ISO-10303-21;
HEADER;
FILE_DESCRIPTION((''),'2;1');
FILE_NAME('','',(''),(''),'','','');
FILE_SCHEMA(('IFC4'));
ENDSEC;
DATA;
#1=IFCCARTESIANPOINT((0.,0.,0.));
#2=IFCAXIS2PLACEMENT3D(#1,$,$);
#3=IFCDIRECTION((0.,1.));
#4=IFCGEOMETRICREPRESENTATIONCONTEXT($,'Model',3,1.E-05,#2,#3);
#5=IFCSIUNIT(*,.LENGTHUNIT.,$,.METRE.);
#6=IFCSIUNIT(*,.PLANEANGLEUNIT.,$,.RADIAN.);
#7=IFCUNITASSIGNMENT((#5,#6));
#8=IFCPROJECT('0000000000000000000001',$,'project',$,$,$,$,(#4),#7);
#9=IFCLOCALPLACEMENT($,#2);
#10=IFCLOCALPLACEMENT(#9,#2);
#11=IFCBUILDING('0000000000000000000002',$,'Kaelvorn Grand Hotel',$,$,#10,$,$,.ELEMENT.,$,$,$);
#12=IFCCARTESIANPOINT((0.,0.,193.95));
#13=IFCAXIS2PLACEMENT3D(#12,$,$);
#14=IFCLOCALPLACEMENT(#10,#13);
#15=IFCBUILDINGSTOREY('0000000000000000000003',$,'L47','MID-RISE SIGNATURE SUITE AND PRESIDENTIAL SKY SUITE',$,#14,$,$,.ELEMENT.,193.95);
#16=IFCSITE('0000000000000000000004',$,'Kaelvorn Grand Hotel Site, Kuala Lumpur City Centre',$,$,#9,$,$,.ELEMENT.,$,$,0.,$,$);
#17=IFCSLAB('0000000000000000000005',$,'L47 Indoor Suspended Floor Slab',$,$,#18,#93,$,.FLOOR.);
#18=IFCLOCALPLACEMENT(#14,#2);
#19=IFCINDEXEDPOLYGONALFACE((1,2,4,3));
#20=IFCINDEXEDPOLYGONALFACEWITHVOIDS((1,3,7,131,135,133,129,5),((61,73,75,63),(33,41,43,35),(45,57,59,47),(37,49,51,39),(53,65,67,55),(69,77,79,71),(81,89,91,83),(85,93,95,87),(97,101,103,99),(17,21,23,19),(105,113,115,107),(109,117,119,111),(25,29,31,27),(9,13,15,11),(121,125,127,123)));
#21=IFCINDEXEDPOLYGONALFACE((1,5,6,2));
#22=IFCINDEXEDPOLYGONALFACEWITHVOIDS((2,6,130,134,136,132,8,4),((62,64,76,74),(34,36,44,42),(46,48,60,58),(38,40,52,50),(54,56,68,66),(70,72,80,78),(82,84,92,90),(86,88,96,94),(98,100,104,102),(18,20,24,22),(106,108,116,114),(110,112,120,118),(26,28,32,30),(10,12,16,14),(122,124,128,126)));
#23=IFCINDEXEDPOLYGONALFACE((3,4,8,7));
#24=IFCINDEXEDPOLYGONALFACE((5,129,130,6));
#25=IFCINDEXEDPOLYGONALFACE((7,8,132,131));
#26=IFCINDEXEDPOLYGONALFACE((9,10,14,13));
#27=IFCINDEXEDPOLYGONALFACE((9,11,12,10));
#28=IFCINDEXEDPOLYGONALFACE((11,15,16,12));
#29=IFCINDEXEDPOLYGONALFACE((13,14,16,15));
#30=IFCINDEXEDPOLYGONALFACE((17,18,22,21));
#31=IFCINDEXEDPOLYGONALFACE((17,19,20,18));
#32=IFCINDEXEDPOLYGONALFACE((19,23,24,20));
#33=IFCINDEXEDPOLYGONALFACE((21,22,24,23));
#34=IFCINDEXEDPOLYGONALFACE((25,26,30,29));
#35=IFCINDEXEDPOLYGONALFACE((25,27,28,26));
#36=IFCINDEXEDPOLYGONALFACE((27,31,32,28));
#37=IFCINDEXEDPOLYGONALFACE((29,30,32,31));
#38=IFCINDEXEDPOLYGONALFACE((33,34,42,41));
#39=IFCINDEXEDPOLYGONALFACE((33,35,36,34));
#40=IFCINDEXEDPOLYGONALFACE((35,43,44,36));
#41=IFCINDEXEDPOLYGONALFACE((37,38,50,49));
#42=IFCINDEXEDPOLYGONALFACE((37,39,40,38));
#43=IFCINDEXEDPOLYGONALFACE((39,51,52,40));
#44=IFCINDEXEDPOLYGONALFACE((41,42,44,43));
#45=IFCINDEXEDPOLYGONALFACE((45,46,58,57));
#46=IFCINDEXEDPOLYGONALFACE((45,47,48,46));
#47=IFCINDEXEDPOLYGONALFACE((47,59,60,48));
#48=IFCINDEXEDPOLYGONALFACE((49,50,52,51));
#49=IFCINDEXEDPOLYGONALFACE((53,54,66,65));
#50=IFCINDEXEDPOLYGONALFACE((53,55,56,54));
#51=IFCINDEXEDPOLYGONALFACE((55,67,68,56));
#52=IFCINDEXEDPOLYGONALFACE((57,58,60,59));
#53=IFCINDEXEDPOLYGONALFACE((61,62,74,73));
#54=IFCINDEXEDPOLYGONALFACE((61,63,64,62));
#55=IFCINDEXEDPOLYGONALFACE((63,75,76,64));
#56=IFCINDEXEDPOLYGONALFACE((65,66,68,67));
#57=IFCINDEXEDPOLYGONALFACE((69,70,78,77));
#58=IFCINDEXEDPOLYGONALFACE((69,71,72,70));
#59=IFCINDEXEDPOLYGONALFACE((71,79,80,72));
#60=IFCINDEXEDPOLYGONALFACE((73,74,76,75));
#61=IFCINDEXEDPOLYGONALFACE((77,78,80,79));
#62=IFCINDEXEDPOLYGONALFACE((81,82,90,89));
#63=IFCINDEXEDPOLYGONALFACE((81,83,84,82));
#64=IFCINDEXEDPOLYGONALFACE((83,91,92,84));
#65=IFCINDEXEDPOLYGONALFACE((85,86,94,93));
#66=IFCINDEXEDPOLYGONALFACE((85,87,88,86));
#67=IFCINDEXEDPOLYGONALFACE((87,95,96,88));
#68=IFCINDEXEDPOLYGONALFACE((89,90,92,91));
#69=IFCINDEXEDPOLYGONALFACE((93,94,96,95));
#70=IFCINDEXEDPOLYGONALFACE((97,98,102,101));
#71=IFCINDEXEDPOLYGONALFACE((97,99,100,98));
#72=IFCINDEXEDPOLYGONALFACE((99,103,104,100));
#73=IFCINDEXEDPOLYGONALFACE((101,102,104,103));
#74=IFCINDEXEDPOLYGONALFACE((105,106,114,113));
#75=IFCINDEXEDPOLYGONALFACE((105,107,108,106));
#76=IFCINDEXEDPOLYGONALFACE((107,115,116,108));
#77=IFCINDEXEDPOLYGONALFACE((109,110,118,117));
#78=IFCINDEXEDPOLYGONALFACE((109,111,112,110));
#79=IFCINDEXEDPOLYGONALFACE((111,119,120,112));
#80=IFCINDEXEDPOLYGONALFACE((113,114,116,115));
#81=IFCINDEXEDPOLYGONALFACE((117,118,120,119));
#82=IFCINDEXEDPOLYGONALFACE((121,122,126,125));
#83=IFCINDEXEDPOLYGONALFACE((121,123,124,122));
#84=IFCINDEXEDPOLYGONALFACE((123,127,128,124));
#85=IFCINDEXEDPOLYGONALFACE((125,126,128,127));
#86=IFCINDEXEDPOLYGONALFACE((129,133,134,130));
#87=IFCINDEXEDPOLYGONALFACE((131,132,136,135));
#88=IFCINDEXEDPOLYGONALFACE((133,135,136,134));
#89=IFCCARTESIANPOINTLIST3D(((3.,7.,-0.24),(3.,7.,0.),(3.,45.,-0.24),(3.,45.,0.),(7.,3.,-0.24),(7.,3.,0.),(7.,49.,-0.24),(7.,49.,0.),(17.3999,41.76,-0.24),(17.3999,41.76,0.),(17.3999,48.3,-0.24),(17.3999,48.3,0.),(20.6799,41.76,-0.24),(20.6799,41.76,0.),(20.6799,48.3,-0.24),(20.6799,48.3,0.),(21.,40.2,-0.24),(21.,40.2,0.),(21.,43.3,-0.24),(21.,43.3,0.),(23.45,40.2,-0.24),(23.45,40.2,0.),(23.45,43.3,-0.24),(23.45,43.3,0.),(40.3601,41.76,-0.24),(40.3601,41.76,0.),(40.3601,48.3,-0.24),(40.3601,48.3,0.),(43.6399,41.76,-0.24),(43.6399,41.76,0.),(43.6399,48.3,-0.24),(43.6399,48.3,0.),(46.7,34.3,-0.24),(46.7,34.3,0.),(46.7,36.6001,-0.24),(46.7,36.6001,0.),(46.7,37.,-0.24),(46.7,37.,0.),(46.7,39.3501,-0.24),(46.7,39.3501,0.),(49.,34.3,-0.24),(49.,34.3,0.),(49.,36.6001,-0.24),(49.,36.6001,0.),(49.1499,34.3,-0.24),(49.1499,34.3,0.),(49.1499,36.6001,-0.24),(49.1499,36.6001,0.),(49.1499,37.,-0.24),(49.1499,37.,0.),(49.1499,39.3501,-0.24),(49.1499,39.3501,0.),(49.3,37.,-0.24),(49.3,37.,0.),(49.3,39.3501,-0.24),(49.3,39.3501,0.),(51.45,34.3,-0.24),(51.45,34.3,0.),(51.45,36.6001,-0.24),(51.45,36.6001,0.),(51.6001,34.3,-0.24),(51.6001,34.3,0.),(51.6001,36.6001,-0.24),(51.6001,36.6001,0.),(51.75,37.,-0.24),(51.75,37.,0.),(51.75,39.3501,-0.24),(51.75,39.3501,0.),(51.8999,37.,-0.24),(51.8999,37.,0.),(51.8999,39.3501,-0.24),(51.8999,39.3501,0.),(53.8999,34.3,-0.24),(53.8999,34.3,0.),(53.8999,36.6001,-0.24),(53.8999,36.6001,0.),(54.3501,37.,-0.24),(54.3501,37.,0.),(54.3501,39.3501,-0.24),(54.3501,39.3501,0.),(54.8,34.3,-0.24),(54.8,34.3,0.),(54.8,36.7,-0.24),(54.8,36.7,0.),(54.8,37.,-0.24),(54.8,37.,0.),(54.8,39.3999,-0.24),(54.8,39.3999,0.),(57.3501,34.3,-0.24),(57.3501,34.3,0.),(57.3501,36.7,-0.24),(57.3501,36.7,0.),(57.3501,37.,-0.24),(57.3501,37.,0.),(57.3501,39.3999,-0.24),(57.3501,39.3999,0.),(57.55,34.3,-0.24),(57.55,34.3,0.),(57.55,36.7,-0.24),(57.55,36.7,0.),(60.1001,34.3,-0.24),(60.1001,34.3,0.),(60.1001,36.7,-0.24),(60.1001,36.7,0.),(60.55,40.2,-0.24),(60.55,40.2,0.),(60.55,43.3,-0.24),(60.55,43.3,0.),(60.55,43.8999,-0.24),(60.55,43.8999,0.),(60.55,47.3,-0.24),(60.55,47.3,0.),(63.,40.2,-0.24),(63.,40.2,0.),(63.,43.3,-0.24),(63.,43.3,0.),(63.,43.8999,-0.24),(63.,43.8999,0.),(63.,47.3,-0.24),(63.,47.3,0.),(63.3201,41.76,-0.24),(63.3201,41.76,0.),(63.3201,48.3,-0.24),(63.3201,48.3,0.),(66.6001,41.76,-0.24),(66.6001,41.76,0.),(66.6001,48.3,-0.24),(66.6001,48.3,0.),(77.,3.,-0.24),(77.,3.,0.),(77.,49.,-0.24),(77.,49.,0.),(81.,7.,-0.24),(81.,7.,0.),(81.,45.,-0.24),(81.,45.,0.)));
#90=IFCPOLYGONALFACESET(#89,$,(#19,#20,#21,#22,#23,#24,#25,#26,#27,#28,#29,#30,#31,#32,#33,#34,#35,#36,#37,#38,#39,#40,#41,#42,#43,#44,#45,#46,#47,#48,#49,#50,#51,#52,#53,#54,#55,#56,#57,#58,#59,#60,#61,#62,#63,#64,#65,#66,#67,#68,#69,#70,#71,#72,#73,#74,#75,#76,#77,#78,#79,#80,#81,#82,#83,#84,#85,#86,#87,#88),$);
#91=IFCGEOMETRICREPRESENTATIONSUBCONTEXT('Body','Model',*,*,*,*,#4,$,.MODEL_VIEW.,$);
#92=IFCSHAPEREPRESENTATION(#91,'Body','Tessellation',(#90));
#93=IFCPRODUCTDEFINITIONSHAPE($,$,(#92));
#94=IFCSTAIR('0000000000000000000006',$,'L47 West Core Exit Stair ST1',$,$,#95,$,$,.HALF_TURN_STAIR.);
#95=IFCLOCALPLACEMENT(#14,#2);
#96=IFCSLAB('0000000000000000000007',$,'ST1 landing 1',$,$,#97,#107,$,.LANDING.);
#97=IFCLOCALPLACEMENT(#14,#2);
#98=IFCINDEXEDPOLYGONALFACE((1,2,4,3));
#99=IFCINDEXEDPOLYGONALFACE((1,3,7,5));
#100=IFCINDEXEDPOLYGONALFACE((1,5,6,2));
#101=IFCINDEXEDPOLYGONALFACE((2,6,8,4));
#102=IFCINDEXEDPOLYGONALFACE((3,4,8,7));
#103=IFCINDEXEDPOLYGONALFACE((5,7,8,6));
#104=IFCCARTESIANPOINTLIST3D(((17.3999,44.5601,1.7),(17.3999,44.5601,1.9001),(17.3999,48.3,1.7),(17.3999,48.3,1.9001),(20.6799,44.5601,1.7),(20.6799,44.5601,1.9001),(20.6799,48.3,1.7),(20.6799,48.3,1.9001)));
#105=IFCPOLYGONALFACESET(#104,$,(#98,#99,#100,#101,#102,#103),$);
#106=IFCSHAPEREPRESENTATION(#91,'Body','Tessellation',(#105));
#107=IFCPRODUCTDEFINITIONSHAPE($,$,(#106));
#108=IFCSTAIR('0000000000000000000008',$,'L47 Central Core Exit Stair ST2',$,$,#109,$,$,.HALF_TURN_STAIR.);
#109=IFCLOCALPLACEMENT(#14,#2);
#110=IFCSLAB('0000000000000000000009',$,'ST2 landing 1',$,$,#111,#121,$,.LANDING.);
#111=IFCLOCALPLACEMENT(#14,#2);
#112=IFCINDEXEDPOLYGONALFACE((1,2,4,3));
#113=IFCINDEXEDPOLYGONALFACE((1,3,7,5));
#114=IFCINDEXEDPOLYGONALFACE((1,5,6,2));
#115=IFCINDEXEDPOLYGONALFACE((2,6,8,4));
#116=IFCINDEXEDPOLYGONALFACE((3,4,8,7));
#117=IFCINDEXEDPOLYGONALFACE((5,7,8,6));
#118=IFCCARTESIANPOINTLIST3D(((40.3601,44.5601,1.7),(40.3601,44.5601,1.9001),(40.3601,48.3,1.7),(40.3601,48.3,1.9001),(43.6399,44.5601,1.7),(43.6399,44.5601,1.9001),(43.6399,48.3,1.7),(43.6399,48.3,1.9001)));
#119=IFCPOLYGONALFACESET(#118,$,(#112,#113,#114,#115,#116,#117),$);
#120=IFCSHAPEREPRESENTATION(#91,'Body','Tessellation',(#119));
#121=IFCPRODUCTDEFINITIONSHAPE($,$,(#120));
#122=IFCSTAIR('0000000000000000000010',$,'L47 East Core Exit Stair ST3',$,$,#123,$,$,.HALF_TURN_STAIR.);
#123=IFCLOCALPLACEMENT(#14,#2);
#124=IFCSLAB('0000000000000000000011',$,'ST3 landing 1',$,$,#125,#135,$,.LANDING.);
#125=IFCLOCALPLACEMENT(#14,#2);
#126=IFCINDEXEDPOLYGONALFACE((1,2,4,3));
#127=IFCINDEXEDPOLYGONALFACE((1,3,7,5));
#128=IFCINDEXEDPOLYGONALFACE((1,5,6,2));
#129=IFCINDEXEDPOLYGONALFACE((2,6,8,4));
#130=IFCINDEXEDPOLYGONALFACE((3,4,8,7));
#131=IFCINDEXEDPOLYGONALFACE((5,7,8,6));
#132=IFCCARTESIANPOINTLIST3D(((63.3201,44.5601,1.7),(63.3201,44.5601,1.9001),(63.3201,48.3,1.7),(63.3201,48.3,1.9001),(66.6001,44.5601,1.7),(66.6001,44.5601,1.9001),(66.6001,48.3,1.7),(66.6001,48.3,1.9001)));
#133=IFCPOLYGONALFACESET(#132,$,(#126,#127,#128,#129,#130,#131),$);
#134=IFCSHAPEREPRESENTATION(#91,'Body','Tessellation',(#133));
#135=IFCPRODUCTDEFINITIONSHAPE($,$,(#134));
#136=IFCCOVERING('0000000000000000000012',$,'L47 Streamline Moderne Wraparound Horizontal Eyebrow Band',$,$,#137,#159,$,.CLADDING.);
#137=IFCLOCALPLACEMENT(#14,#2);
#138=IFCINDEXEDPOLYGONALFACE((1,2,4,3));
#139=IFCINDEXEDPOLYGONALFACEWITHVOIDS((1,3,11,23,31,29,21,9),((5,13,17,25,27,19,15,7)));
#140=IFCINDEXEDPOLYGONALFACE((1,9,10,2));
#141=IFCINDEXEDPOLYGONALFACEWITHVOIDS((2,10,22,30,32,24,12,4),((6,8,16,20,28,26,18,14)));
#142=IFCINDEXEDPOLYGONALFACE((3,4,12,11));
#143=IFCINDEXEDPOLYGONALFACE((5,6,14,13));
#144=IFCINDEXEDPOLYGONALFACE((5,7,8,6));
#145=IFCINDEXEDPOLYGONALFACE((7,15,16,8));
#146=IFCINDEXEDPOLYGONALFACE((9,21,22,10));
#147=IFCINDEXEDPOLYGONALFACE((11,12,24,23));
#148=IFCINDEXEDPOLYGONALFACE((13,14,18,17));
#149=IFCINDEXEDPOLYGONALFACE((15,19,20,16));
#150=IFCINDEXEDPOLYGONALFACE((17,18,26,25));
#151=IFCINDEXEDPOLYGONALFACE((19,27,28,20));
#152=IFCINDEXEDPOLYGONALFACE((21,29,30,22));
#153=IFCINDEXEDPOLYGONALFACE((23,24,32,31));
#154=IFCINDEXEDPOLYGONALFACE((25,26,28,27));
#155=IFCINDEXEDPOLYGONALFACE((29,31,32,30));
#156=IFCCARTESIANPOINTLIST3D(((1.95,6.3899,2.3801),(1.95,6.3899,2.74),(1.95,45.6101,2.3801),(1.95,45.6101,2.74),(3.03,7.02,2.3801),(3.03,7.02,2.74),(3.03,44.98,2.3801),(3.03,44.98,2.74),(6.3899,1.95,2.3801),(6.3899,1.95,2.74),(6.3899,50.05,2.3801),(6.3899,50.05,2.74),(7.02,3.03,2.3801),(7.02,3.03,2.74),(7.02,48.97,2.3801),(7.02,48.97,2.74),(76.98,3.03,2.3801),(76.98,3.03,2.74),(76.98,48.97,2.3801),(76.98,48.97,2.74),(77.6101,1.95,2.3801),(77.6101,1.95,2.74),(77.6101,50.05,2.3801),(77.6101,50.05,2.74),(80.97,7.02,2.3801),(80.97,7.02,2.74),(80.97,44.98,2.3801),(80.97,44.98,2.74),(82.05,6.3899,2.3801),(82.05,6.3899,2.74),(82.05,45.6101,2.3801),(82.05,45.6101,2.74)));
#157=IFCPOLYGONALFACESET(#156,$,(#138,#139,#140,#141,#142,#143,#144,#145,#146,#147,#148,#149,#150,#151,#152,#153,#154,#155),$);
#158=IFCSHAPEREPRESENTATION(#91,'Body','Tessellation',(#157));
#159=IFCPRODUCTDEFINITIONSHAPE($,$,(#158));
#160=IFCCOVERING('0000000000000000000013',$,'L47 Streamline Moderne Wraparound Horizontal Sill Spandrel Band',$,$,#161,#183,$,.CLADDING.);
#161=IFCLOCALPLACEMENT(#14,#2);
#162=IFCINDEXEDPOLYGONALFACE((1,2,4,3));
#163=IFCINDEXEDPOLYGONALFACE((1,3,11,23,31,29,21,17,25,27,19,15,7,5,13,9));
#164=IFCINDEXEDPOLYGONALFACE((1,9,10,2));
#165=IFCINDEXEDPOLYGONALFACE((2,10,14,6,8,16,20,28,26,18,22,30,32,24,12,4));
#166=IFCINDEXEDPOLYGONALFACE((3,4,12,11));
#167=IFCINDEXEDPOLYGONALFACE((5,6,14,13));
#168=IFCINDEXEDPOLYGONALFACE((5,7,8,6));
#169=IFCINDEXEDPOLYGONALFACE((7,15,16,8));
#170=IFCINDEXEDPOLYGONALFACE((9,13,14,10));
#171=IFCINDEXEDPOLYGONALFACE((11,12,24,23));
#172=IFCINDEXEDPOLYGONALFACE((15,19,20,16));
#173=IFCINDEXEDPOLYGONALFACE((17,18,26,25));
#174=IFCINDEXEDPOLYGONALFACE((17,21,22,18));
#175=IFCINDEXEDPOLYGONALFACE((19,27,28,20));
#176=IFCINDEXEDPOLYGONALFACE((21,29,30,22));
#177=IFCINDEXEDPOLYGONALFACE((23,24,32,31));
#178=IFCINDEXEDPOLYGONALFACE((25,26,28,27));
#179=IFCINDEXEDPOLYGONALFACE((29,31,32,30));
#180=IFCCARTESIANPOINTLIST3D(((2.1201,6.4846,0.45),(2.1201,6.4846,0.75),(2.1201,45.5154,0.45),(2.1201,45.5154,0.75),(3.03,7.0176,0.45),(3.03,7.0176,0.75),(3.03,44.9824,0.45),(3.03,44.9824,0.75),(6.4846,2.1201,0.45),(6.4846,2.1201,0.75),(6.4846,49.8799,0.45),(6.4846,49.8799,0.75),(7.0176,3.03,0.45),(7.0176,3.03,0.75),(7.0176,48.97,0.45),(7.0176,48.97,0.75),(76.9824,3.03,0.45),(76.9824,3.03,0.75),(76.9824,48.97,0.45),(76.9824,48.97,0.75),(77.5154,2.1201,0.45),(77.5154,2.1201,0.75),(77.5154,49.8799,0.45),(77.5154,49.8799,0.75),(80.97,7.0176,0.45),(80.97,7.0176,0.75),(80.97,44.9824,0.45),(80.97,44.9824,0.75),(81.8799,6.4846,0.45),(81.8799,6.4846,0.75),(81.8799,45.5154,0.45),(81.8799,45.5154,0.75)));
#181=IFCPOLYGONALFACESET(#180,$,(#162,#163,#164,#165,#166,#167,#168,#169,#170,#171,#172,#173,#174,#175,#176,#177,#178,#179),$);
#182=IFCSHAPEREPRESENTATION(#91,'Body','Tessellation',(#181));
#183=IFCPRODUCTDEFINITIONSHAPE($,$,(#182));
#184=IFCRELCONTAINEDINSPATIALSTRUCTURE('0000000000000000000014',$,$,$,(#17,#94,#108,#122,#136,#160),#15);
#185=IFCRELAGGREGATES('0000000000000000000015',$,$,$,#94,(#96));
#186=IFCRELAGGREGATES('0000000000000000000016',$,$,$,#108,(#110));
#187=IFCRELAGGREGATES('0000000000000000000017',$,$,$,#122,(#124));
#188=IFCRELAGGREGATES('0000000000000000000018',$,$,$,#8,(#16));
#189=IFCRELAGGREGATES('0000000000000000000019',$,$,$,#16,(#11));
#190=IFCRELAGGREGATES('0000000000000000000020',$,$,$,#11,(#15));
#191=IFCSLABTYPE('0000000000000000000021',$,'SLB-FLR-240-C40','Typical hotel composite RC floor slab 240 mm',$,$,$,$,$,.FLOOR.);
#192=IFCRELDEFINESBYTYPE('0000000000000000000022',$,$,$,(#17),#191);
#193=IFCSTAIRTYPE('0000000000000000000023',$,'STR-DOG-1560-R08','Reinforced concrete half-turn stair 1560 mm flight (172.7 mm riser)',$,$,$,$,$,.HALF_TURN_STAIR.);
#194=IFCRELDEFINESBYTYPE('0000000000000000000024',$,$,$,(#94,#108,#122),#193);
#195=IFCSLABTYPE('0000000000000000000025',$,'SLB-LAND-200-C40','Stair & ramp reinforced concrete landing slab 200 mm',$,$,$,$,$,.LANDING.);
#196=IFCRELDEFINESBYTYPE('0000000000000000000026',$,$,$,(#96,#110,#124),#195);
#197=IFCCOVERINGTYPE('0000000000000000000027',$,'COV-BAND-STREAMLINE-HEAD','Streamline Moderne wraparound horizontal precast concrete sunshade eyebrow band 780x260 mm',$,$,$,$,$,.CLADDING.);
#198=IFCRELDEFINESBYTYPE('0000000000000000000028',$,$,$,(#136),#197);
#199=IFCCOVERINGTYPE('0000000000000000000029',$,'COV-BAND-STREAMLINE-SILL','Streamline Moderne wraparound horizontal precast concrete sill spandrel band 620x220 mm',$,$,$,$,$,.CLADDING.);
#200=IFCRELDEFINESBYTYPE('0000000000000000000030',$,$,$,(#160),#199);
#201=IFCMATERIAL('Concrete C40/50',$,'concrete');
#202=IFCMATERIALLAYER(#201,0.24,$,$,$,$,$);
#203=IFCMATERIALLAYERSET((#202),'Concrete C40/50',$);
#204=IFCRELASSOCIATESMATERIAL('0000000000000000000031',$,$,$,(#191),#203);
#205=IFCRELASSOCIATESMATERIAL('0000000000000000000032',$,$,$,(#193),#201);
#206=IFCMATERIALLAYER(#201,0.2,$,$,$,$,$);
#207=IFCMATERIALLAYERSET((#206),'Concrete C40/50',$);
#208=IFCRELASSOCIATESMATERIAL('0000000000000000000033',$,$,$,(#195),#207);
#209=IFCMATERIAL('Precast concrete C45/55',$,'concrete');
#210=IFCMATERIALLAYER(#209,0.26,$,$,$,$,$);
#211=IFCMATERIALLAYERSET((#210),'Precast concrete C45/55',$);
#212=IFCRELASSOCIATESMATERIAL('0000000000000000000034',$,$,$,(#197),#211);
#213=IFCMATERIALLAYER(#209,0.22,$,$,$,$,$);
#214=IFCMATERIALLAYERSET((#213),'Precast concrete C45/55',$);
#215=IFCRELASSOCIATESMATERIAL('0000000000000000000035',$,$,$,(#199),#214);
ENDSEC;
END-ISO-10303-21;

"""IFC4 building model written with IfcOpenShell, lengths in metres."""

from ifc_helpers import new_model, si_unit, direction, frame, origin, place, context, subcontext, project, spatial, polyline, outline, extrude, material, layer, layer_set, type_object, element, aggregate, save


model = new_model("IFC4")

# Units and contexts
model_context = context("Model", 3, precision=1e-05, world=origin(), true_north=direction((0.0, 1.0)))
body_context = subcontext(model_context, "Body", "Model", "MODEL_VIEW")
ifc_project = project(units=[si_unit("LENGTHUNIT", "METRE"), si_unit("PLANEANGLEUNIT", "RADIAN")], contexts=[model_context])

# Site, building, storey
site_placement = place(None, origin())
site = spatial("IfcSite", under=ifc_project, at=site_placement, Name="Kaelvorn Grand Hotel Site, Kuala Lumpur City Centre", CompositionType="ELEMENT", RefElevation=0.0)
building_placement = place(site_placement, origin())
building = spatial("IfcBuilding", under=site, at=building_placement, Name="Kaelvorn Grand Hotel", CompositionType="ELEMENT")
storey_placement = place(building_placement, frame((0.0, 0.0, 193.95)))
storey = spatial("IfcBuildingStorey", under=building, at=storey_placement, Name="L47", Description="MID-RISE SIGNATURE SUITE AND PRESIDENTIAL SKY SUITE", CompositionType="ELEMENT", Elevation=193.95)

# Slab
ifc_material_1 = material(Name="Concrete C40/50", Category="concrete")
ifc_layer_1 = layer(ifc_material_1, 0.24)
ifc_layer_set_1 = layer_set([ifc_layer_1], Name="Concrete C40/50")
slab_type_1 = type_object("IfcSlabType", Name="SLB-FLR-240-C40", Description="Typical hotel composite RC floor slab 240 mm", PredefinedType="FLOOR", material=ifc_layer_set_1)
slab_1_placement = place(storey_placement, frame((0.0, 0.0, -0.24)))
element("IfcSlab", 1, at=slab_1_placement, inside=storey, type_object=slab_type_1, Name="L47 Indoor Suspended Floor Slab", PredefinedType="FLOOR", context=body_context, shape_type="SweptSolid", body=[
    extrude(outline(polyline([(7.0, 3.0), (77.0, 3.0), (81.0, 7.0), (81.0, 45.0), (77.0, 49.0), (7.0, 49.0), (3.0, 45.0), (3.0, 7.0), (7.0, 3.0)]), holes=[polyline([(17.3999, 41.76), (17.3999, 48.3), (20.6799, 48.3), (20.6799, 41.76), (17.3999, 41.76)]), polyline([(40.3601, 41.76), (40.3601, 48.3), (43.6399, 48.3), (43.6399, 41.76), (40.3601, 41.76)]), polyline([(63.3201, 41.76), (63.3201, 48.3), (66.6001, 48.3), (66.6001, 41.76), (63.3201, 41.76)]), polyline([(46.7, 34.3), (46.7, 36.6001), (49.0, 36.6001), (49.0, 34.3), (46.7, 34.3)]), polyline([(49.1499, 34.3), (49.1499, 36.6001), (51.45, 36.6001), (51.45, 34.3), (49.1499, 34.3)]), polyline([(51.6001, 34.3), (51.6001, 36.6001), (53.8999, 36.6001), (53.8999, 34.3), (51.6001, 34.3)]), polyline([(46.7, 37.0), (46.7, 39.3501), (49.1499, 39.3501), (49.1499, 37.0), (46.7, 37.0)]), polyline([(49.3, 37.0), (49.3, 39.3501), (51.75, 39.3501), (51.75, 37.0), (49.3, 37.0)]), polyline([(51.8999, 37.0), (51.8999, 39.3501), (54.3501, 39.3501), (54.3501, 37.0), (51.8999, 37.0)]), polyline([(54.8, 34.3), (54.8, 36.7), (57.3501, 36.7), (57.3501, 34.3), (54.8, 34.3)]), polyline([(57.55, 34.3), (57.55, 36.7), (60.1001, 36.7), (60.1001, 34.3), (57.55, 34.3)]), polyline([(54.8, 37.0), (54.8, 39.3999), (57.3501, 39.3999), (57.3501, 37.0), (54.8, 37.0)]), polyline([(21.0, 40.2), (21.0, 43.3), (23.45, 43.3), (23.45, 40.2), (21.0, 40.2)]), polyline([(60.55, 40.2), (60.55, 43.3), (63.0, 43.3), (63.0, 40.2), (60.55, 40.2)]), polyline([(60.55, 43.8999), (60.55, 47.3), (63.0, 47.3), (63.0, 43.8999), (60.55, 43.8999)])]), origin(), (0.0, 0.0, 1.0), 0.24),
])

# Stairs, slabs
stair_type = type_object("IfcStairType", Name="STR-DOG-1560-R08", Description="Reinforced concrete half-turn stair 1560 mm flight (172.7 mm riser)", PredefinedType="HALF_TURN_STAIR", material=ifc_material_1)
stair_1_placement = place(storey_placement, origin())
stair_1 = element("IfcStair", 2, at=stair_1_placement, inside=storey, type_object=stair_type, Name="L47 West Core Exit Stair ST1", PredefinedType="HALF_TURN_STAIR")
ifc_layer_2 = layer(ifc_material_1, 0.2)
ifc_layer_set_2 = layer_set([ifc_layer_2], Name="Concrete C40/50")
slab_type_2 = type_object("IfcSlabType", Name="SLB-LAND-200-C40", Description="Stair & ramp reinforced concrete landing slab 200 mm", PredefinedType="LANDING", material=ifc_layer_set_2)
slab_2_placement = place(storey_placement, frame((0.0, 0.0, 1.7)))
slab_2 = element("IfcSlab", 3, at=slab_2_placement, type_object=slab_type_2, Name="ST1 landing 1", PredefinedType="LANDING", context=body_context, shape_type="SweptSolid", body=[
    extrude(outline(polyline([(20.6799, 44.5601), (20.6799, 48.3), (17.3999, 48.3), (17.3999, 44.5601), (20.6799, 44.5601)])), origin(), (0.0, 0.0, 1.0), 0.2002),
])
aggregate(stair_1, [slab_2])
stair_2_placement = place(storey_placement, origin())
stair_2 = element("IfcStair", 4, at=stair_2_placement, inside=storey, type_object=stair_type, Name="L47 Central Core Exit Stair ST2", PredefinedType="HALF_TURN_STAIR")
slab_3_placement = place(storey_placement, frame((0.0, 0.0, 1.7)))
slab_3 = element("IfcSlab", 5, at=slab_3_placement, type_object=slab_type_2, Name="ST2 landing 1", PredefinedType="LANDING", context=body_context, shape_type="SweptSolid", body=[
    extrude(outline(polyline([(43.6399, 44.5601), (43.6399, 48.3), (40.3601, 48.3), (40.3601, 44.5601), (43.6399, 44.5601)])), origin(), (0.0, 0.0, 1.0), 0.2002),
])
aggregate(stair_2, [slab_3])
stair_3_placement = place(storey_placement, origin())
stair_3 = element("IfcStair", 6, at=stair_3_placement, inside=storey, type_object=stair_type, Name="L47 East Core Exit Stair ST3", PredefinedType="HALF_TURN_STAIR")
slab_4_placement = place(storey_placement, frame((0.0, 0.0, 1.7)))
slab_4 = element("IfcSlab", 7, at=slab_4_placement, type_object=slab_type_2, Name="ST3 landing 1", PredefinedType="LANDING", context=body_context, shape_type="SweptSolid", body=[
    extrude(outline(polyline([(66.6001, 44.5601), (66.6001, 48.3), (63.3201, 48.3), (63.3201, 44.5601), (66.6001, 44.5601)])), origin(), (0.0, 0.0, 1.0), 0.2002),
])
aggregate(stair_3, [slab_4])

# Coverings
ifc_material_2 = material(Name="Precast concrete C45/55", Category="concrete")
ifc_layer_3 = layer(ifc_material_2, 0.26)
ifc_layer_set_3 = layer_set([ifc_layer_3], Name="Precast concrete C45/55")
covering_type_1 = type_object("IfcCoveringType", Name="COV-BAND-STREAMLINE-HEAD", Description="Streamline Moderne wraparound horizontal precast concrete sunshade eyebrow band 780x260 mm", PredefinedType="CLADDING", material=ifc_layer_set_3)
covering_1_placement = place(storey_placement, frame((0.0, 0.0, 2.3801)))
element("IfcCovering", 8, at=covering_1_placement, inside=storey, type_object=covering_type_1, Name="L47 Streamline Moderne Wraparound Horizontal Eyebrow Band", PredefinedType="CLADDING", context=body_context, shape_type="SweptSolid", body=[
    extrude(outline(polyline([(6.3899, 1.95), (77.6101, 1.95), (82.05, 6.3899), (82.05, 45.6101), (77.6101, 50.05), (6.3899, 50.05), (1.95, 45.6101), (1.95, 6.3899), (6.3899, 1.95)]), holes=[polyline([(7.02, 3.03), (76.98, 3.03), (80.97, 7.02), (80.97, 44.98), (76.98, 48.97), (7.02, 48.97), (3.03, 44.98), (3.03, 7.02), (7.02, 3.03)])]), origin(), (0.0, 0.0, 1.0), 0.3599),
])
ifc_layer_4 = layer(ifc_material_2, 0.22)
ifc_layer_set_4 = layer_set([ifc_layer_4], Name="Precast concrete C45/55")
covering_type_2 = type_object("IfcCoveringType", Name="COV-BAND-STREAMLINE-SILL", Description="Streamline Moderne wraparound horizontal precast concrete sill spandrel band 620x220 mm", PredefinedType="CLADDING", material=ifc_layer_set_4)
covering_2_placement = place(storey_placement, frame((0.0, 0.0, 0.45)))
element("IfcCovering", 9, at=covering_2_placement, inside=storey, type_object=covering_type_2, Name="L47 Streamline Moderne Wraparound Horizontal Sill Spandrel Band", PredefinedType="CLADDING", context=body_context, shape_type="SweptSolid", body=[
    extrude(outline(polyline([(77.5154, 2.1201), (81.8799, 6.4846), (81.8799, 45.5154), (77.5154, 49.8799), (6.4846, 49.8799), (2.1201, 45.5154), (2.1201, 6.4846), (6.4846, 2.1201), (7.0176, 3.03), (3.03, 7.0176), (3.03, 44.9824), (7.0176, 48.97), (76.9824, 48.97), (80.97, 44.9824), (80.97, 7.0176), (76.9824, 3.03), (77.5154, 2.1201)])), origin(), (0.0, 0.0, 1.0), 0.3),
])

save(model, "model.ifc")
